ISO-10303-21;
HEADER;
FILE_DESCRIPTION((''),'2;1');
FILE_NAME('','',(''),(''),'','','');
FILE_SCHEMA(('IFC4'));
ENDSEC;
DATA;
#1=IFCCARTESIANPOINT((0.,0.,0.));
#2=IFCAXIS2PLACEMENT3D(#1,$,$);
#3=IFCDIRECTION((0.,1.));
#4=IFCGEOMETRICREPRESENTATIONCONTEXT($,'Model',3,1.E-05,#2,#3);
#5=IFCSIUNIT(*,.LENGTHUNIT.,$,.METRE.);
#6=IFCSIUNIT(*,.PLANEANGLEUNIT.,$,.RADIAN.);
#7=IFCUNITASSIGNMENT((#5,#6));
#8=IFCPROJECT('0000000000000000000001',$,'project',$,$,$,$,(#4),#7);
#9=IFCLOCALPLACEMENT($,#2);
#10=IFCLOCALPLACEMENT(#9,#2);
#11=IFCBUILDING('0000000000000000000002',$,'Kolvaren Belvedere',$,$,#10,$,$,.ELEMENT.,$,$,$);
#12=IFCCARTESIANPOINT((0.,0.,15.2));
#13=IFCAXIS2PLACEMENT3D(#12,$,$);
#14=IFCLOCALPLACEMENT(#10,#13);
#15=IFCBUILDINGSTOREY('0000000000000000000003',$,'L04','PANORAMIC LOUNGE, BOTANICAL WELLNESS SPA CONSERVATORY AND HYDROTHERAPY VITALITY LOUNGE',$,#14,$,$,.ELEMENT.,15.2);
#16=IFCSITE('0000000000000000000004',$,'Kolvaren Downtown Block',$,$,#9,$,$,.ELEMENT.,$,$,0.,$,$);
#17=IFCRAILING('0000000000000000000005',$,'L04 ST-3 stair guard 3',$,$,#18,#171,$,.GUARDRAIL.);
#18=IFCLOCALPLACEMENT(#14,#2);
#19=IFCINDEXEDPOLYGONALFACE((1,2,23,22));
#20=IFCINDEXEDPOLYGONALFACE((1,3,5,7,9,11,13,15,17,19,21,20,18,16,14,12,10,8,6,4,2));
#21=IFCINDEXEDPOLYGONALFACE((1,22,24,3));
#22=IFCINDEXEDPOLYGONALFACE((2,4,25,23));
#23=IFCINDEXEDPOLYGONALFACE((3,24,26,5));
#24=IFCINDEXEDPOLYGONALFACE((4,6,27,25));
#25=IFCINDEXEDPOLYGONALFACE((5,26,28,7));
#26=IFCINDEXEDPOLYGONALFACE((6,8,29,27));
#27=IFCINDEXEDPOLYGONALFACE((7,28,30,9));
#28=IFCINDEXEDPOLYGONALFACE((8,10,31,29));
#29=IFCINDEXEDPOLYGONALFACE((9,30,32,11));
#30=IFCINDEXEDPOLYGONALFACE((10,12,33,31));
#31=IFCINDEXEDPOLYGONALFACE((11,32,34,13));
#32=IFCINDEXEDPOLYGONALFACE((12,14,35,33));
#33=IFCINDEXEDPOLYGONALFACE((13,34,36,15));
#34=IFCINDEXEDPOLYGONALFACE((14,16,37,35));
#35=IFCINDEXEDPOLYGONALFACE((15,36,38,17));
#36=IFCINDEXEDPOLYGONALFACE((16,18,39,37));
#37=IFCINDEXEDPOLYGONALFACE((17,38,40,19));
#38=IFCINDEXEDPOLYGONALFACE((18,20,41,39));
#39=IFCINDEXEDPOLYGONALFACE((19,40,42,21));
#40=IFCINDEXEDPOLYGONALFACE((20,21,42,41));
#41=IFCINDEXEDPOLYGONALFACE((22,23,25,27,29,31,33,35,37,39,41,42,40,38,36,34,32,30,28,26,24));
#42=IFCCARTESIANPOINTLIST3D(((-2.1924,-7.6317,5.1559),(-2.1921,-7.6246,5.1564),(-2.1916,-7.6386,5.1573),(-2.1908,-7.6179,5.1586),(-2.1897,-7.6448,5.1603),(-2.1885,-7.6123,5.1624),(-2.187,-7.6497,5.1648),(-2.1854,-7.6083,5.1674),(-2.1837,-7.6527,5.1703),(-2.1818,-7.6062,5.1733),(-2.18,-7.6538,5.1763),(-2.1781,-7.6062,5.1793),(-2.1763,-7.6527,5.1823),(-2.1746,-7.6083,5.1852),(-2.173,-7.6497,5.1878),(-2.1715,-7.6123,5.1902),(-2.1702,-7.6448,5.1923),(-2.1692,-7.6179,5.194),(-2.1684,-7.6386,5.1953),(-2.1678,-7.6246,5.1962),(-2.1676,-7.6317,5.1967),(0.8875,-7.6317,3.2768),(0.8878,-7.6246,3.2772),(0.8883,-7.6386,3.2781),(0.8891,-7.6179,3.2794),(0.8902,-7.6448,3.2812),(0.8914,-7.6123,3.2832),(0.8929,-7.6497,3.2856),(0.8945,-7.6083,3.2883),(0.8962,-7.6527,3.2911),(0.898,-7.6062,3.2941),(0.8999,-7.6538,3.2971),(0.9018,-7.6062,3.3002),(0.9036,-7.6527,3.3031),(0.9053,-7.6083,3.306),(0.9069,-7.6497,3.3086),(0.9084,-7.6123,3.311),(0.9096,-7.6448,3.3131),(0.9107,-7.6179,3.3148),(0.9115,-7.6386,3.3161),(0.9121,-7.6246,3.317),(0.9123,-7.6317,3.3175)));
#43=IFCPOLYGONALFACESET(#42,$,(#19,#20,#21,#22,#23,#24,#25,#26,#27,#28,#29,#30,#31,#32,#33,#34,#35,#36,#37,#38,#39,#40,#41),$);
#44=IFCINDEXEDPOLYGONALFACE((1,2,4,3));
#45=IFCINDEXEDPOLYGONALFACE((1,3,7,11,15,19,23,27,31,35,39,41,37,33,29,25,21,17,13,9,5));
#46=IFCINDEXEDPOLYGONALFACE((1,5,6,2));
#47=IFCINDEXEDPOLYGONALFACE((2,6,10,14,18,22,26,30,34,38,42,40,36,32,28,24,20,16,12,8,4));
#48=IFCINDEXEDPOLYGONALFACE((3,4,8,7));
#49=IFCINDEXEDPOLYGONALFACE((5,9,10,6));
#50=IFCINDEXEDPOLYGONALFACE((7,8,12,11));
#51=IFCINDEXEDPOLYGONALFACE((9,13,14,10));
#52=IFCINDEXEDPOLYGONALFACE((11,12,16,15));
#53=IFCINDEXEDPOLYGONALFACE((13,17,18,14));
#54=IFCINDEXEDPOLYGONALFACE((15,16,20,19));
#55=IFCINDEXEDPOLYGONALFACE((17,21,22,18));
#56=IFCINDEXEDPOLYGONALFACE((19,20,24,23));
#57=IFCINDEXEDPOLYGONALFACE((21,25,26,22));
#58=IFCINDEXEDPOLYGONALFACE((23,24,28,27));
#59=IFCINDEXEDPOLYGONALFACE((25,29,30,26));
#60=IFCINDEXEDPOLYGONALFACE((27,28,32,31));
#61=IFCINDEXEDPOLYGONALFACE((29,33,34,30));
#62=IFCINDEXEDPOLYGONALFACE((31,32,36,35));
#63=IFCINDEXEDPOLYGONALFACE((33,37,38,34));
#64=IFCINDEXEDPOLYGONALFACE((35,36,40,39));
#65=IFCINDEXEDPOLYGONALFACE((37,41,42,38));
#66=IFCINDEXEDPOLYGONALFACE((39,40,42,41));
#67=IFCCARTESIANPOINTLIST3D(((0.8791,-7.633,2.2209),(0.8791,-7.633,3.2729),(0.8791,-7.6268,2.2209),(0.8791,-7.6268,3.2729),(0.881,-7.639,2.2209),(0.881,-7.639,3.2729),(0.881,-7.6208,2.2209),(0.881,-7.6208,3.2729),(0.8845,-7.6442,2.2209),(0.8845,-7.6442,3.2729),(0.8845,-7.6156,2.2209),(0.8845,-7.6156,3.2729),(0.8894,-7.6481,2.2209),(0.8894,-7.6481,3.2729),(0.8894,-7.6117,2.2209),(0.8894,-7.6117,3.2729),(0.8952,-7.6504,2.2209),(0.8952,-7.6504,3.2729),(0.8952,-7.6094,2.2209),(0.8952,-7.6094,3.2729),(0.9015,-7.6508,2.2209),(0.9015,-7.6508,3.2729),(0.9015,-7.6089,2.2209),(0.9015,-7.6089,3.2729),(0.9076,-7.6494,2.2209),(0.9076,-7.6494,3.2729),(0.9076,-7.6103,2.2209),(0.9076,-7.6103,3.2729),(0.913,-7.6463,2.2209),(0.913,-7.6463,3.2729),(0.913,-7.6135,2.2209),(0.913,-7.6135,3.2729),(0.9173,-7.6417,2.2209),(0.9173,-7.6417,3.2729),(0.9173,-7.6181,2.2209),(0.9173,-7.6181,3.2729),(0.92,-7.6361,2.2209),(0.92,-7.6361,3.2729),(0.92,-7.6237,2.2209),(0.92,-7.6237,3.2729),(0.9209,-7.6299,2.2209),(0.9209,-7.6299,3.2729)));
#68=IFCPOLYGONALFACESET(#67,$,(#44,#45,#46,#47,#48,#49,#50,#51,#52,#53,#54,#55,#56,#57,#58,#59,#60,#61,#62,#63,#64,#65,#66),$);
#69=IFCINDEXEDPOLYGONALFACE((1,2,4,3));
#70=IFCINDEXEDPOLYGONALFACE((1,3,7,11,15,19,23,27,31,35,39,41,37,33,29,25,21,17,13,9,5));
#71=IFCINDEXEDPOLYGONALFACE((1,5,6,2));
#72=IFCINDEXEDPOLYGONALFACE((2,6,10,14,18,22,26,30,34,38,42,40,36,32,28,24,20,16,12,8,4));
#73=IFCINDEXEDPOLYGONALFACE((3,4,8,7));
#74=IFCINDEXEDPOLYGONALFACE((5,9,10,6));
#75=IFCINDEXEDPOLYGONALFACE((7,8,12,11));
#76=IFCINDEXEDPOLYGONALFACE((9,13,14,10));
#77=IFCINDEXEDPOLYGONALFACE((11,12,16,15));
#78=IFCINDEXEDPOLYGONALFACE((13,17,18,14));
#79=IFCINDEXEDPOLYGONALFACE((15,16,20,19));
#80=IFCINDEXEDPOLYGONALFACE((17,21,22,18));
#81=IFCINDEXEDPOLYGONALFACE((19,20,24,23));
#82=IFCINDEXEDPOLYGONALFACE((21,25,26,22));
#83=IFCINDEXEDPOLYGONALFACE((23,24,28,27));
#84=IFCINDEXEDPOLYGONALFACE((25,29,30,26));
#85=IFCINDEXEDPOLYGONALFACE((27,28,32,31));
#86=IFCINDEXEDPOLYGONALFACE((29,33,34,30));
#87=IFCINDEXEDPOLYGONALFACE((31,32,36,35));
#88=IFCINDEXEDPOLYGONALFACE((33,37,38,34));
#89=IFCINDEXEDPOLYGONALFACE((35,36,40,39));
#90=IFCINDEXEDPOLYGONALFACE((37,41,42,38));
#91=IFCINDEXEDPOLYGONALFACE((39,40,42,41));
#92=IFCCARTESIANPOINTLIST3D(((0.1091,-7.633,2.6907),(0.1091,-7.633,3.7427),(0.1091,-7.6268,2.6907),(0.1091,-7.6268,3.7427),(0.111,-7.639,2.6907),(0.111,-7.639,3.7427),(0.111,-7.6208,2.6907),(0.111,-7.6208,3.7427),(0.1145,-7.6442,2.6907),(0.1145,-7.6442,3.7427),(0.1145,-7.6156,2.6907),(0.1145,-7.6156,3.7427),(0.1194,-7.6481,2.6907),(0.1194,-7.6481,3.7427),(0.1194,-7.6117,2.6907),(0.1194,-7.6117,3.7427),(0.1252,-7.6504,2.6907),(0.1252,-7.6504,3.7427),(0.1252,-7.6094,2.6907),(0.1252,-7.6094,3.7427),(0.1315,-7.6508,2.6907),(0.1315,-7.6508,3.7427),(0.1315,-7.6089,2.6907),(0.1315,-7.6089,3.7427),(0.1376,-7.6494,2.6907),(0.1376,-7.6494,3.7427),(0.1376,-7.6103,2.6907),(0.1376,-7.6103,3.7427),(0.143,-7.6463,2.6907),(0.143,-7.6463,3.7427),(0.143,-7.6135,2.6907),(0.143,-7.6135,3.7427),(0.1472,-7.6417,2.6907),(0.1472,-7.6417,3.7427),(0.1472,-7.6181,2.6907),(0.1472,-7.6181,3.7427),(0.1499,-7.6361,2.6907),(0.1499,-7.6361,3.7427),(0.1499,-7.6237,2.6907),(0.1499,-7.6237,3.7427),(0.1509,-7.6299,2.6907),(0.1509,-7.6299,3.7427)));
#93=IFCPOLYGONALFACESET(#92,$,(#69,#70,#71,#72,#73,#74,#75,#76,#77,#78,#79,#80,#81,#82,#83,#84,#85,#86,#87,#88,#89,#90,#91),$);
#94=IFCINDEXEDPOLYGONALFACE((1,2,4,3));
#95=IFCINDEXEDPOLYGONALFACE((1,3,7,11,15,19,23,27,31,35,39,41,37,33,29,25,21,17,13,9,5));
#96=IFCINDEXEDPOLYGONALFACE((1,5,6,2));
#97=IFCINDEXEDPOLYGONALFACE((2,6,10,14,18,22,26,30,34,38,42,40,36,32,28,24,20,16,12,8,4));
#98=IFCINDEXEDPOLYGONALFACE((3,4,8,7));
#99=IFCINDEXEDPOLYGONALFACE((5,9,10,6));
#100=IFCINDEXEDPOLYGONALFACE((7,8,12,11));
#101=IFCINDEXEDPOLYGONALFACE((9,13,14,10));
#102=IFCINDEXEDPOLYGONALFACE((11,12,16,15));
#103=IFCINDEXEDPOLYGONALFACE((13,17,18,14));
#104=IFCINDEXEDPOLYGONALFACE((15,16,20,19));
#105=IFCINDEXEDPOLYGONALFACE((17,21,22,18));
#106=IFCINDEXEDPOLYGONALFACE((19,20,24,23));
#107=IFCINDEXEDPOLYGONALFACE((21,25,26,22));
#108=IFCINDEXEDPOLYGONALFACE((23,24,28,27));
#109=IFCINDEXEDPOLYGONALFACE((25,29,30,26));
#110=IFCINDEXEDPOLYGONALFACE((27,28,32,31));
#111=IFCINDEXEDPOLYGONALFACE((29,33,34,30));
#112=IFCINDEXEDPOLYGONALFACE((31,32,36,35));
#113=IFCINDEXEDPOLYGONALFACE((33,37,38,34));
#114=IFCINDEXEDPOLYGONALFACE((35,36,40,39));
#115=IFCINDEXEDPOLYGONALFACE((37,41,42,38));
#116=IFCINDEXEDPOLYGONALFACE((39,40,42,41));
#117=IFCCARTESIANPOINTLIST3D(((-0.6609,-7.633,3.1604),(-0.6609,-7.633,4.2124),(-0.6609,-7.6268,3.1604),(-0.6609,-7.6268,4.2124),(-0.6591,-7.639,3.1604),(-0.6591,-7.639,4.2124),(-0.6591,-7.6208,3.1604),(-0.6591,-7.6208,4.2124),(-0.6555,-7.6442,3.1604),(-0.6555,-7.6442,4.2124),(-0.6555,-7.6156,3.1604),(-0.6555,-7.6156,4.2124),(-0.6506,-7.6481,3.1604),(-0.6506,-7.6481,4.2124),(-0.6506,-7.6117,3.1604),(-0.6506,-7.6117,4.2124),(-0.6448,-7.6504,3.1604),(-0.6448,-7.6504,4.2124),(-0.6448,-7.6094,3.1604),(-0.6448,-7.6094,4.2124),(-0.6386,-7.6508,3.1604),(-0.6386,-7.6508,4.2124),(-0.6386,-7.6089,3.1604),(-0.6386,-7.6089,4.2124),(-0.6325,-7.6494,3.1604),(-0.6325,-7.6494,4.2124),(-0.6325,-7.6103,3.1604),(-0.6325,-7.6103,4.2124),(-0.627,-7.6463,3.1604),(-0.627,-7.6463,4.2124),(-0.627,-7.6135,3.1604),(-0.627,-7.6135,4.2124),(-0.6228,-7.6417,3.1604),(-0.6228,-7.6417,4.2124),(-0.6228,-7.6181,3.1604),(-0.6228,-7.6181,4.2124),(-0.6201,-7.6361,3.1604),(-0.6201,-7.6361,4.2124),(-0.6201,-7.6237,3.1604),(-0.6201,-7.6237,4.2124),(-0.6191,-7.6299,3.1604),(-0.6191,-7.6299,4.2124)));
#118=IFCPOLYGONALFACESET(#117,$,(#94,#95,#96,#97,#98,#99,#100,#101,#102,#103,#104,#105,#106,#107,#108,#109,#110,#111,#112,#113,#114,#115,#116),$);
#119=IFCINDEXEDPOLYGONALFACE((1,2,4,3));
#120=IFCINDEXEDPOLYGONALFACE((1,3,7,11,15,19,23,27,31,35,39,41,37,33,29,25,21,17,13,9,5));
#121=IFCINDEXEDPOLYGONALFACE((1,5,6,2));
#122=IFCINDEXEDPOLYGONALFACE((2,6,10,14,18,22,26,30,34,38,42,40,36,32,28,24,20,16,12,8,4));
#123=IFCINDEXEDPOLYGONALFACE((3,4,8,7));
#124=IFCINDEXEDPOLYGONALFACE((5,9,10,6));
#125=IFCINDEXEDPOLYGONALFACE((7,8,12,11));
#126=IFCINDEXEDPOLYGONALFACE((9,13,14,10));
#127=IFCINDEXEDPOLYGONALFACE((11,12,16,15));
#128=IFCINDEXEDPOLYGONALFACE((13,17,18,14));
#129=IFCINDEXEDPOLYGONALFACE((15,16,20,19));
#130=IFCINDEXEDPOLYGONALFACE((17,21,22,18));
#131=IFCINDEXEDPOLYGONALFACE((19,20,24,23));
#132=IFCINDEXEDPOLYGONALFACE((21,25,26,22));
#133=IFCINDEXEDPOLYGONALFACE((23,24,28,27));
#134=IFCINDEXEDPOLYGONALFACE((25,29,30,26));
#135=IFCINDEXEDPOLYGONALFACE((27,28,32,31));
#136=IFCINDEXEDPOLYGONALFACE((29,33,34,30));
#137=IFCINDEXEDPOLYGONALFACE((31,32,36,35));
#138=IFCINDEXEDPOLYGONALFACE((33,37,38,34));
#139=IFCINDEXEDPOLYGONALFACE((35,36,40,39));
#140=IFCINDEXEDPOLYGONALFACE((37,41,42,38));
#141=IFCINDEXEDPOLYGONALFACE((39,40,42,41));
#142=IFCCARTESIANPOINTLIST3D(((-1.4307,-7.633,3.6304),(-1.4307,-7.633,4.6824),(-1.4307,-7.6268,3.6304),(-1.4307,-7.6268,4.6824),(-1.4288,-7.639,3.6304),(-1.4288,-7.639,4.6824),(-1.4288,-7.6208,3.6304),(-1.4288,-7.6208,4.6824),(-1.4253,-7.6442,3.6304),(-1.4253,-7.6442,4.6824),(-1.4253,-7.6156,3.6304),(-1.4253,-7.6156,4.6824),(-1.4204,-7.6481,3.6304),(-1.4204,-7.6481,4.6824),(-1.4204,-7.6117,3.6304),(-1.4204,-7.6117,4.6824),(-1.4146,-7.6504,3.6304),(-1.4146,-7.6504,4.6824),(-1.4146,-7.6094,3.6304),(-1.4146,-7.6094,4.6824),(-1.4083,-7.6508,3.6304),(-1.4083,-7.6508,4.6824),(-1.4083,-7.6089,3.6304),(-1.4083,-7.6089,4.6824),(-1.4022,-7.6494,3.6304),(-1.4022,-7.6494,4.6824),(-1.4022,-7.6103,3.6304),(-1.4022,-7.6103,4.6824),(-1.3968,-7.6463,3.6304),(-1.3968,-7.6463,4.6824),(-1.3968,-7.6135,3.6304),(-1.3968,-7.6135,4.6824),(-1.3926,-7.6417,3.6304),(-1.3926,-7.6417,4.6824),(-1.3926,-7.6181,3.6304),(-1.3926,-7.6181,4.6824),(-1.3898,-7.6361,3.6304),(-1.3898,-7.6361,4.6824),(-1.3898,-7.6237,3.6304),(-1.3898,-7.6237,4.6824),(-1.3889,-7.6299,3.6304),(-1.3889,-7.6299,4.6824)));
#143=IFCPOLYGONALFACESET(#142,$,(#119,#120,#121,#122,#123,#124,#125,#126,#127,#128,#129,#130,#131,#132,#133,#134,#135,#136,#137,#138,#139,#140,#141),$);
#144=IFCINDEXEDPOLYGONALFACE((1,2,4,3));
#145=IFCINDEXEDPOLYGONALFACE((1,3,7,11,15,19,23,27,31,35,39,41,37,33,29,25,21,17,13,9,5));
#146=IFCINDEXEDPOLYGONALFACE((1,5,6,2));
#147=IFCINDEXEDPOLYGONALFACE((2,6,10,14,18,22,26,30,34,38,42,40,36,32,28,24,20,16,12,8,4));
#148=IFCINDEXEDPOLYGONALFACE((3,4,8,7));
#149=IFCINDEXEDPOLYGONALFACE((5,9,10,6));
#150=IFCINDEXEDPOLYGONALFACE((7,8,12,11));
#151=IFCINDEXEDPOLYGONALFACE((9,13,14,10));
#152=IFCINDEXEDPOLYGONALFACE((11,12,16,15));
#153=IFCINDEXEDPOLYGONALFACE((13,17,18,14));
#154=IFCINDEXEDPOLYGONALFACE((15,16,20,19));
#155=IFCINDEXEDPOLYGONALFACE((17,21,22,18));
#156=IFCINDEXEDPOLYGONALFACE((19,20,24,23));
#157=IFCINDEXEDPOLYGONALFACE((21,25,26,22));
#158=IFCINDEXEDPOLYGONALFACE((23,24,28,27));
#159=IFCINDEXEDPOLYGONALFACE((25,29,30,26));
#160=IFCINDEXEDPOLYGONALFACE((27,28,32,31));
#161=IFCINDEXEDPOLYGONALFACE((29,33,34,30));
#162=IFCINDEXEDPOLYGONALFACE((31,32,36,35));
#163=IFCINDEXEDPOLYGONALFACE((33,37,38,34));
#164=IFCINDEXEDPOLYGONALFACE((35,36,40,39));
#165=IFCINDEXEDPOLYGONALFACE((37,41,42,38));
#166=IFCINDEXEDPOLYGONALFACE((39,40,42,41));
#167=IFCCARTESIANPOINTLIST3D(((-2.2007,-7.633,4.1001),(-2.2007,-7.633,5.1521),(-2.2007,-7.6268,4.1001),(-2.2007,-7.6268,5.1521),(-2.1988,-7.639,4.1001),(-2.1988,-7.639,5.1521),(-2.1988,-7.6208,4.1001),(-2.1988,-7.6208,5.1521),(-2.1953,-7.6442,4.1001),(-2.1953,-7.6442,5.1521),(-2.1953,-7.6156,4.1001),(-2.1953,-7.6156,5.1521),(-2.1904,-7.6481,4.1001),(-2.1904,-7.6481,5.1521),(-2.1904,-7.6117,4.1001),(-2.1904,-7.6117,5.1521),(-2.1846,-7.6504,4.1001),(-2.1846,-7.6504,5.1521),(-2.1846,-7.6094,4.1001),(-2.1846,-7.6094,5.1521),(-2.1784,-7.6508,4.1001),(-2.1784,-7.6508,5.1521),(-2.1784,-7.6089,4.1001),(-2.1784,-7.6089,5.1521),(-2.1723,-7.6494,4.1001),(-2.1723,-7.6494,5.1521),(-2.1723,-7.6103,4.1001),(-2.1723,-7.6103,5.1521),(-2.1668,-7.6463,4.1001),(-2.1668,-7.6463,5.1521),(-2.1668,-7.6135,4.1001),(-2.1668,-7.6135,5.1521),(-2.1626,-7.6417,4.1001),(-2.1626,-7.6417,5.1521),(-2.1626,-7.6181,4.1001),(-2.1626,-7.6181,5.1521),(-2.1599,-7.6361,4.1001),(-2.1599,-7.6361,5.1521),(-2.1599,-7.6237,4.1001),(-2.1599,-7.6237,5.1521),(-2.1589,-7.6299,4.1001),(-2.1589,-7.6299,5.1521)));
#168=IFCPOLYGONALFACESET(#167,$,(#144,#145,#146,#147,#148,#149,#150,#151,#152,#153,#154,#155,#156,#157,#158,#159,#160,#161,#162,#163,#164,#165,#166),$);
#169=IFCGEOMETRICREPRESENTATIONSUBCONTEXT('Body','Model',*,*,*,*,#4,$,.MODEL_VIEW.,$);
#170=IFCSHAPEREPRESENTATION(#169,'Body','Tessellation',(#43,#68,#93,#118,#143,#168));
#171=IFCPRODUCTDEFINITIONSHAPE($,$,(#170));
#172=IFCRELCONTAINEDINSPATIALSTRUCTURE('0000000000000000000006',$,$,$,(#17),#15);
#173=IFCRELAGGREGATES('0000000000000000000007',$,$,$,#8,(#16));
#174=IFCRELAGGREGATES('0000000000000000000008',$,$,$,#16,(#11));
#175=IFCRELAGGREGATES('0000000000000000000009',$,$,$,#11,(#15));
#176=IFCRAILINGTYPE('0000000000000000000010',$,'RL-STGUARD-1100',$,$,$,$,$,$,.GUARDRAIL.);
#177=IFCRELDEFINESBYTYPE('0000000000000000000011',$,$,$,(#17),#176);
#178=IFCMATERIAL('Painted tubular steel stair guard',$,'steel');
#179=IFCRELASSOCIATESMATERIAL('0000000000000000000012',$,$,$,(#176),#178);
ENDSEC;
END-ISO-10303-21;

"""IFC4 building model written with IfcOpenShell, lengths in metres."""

from ifc_helpers import new_model, si_unit, direction, frame, origin, origin_2d, place, context, subcontext, project, spatial, circle, extrude, material, type_object, element, save


model = new_model("IFC4")

# Units and contexts
model_context = context("Model", 3, precision=1e-05, world=origin(), true_north=direction((0.0, 1.0)))
body_context = subcontext(model_context, "Body", "Model", "MODEL_VIEW")
ifc_project = project(units=[si_unit("LENGTHUNIT", "METRE"), si_unit("PLANEANGLEUNIT", "RADIAN")], contexts=[model_context])

# Site, building, storey
site_placement = place(None, origin())
site = spatial("IfcSite", under=ifc_project, at=site_placement, Name="Kolvaren Downtown Block", CompositionType="ELEMENT", RefElevation=0.0)
building_placement = place(site_placement, origin())
building = spatial("IfcBuilding", under=site, at=building_placement, Name="Kolvaren Belvedere", CompositionType="ELEMENT")
storey_placement = place(building_placement, frame((0.0, 0.0, 15.2)))
storey = spatial("IfcBuildingStorey", under=building, at=storey_placement, Name="L04", Description="PANORAMIC LOUNGE, BOTANICAL WELLNESS SPA CONSERVATORY AND HYDROTHERAPY VITALITY LOUNGE", CompositionType="ELEMENT", Elevation=15.2)

# Railing
ifc_material_1 = material(Name="Painted tubular steel stair guard", Category="steel")
railing_type_1 = type_object("IfcRailingType", Name="RL-STGUARD-1100", PredefinedType="GUARDRAIL", material=ifc_material_1)
railing_1_placement = place(storey_placement, frame((0.8999, -7.6299, 2.2209)))
element("IfcRailing", 1, at=railing_1_placement, inside=storey, type_object=railing_type_1, Name="L04 ST-3 stair guard 3", PredefinedType="GUARDRAIL", context=body_context, shape_type="SweptSolid", body=[
    extrude(circle(Radius=0.0239, at=origin_2d()), frame((0.0, 0.0, 1.0762), z_axis=(-0.853648, 0.0, 0.52085), x_axis=(0.0, -1.0, 0.0)), (0.0, 0.0, 1.0), 3.6079),
    extrude(circle(Radius=0.021, at=origin_2d()), origin(), (0.0, 0.0, 1.0), 1.052),
    extrude(circle(Radius=0.021, at=origin_2d()), frame((-0.77, 0.0, 0.4697)), (0.0, 0.0, 1.0), 1.052),
    extrude(circle(Radius=0.021, at=origin_2d()), frame((-1.54, 0.0, 0.9395)), (0.0, 0.0, 1.0), 1.052),
    extrude(circle(Radius=0.021, at=origin_2d()), frame((-2.3098, 0.0, 1.4094)), (0.0, 0.0, 1.0), 1.052),
    extrude(circle(Radius=0.021, at=origin_2d()), frame((-3.0798, 0.0, 1.8792)), (0.0, 0.0, 1.0), 1.052),
])

save(model, "model.ifc")
